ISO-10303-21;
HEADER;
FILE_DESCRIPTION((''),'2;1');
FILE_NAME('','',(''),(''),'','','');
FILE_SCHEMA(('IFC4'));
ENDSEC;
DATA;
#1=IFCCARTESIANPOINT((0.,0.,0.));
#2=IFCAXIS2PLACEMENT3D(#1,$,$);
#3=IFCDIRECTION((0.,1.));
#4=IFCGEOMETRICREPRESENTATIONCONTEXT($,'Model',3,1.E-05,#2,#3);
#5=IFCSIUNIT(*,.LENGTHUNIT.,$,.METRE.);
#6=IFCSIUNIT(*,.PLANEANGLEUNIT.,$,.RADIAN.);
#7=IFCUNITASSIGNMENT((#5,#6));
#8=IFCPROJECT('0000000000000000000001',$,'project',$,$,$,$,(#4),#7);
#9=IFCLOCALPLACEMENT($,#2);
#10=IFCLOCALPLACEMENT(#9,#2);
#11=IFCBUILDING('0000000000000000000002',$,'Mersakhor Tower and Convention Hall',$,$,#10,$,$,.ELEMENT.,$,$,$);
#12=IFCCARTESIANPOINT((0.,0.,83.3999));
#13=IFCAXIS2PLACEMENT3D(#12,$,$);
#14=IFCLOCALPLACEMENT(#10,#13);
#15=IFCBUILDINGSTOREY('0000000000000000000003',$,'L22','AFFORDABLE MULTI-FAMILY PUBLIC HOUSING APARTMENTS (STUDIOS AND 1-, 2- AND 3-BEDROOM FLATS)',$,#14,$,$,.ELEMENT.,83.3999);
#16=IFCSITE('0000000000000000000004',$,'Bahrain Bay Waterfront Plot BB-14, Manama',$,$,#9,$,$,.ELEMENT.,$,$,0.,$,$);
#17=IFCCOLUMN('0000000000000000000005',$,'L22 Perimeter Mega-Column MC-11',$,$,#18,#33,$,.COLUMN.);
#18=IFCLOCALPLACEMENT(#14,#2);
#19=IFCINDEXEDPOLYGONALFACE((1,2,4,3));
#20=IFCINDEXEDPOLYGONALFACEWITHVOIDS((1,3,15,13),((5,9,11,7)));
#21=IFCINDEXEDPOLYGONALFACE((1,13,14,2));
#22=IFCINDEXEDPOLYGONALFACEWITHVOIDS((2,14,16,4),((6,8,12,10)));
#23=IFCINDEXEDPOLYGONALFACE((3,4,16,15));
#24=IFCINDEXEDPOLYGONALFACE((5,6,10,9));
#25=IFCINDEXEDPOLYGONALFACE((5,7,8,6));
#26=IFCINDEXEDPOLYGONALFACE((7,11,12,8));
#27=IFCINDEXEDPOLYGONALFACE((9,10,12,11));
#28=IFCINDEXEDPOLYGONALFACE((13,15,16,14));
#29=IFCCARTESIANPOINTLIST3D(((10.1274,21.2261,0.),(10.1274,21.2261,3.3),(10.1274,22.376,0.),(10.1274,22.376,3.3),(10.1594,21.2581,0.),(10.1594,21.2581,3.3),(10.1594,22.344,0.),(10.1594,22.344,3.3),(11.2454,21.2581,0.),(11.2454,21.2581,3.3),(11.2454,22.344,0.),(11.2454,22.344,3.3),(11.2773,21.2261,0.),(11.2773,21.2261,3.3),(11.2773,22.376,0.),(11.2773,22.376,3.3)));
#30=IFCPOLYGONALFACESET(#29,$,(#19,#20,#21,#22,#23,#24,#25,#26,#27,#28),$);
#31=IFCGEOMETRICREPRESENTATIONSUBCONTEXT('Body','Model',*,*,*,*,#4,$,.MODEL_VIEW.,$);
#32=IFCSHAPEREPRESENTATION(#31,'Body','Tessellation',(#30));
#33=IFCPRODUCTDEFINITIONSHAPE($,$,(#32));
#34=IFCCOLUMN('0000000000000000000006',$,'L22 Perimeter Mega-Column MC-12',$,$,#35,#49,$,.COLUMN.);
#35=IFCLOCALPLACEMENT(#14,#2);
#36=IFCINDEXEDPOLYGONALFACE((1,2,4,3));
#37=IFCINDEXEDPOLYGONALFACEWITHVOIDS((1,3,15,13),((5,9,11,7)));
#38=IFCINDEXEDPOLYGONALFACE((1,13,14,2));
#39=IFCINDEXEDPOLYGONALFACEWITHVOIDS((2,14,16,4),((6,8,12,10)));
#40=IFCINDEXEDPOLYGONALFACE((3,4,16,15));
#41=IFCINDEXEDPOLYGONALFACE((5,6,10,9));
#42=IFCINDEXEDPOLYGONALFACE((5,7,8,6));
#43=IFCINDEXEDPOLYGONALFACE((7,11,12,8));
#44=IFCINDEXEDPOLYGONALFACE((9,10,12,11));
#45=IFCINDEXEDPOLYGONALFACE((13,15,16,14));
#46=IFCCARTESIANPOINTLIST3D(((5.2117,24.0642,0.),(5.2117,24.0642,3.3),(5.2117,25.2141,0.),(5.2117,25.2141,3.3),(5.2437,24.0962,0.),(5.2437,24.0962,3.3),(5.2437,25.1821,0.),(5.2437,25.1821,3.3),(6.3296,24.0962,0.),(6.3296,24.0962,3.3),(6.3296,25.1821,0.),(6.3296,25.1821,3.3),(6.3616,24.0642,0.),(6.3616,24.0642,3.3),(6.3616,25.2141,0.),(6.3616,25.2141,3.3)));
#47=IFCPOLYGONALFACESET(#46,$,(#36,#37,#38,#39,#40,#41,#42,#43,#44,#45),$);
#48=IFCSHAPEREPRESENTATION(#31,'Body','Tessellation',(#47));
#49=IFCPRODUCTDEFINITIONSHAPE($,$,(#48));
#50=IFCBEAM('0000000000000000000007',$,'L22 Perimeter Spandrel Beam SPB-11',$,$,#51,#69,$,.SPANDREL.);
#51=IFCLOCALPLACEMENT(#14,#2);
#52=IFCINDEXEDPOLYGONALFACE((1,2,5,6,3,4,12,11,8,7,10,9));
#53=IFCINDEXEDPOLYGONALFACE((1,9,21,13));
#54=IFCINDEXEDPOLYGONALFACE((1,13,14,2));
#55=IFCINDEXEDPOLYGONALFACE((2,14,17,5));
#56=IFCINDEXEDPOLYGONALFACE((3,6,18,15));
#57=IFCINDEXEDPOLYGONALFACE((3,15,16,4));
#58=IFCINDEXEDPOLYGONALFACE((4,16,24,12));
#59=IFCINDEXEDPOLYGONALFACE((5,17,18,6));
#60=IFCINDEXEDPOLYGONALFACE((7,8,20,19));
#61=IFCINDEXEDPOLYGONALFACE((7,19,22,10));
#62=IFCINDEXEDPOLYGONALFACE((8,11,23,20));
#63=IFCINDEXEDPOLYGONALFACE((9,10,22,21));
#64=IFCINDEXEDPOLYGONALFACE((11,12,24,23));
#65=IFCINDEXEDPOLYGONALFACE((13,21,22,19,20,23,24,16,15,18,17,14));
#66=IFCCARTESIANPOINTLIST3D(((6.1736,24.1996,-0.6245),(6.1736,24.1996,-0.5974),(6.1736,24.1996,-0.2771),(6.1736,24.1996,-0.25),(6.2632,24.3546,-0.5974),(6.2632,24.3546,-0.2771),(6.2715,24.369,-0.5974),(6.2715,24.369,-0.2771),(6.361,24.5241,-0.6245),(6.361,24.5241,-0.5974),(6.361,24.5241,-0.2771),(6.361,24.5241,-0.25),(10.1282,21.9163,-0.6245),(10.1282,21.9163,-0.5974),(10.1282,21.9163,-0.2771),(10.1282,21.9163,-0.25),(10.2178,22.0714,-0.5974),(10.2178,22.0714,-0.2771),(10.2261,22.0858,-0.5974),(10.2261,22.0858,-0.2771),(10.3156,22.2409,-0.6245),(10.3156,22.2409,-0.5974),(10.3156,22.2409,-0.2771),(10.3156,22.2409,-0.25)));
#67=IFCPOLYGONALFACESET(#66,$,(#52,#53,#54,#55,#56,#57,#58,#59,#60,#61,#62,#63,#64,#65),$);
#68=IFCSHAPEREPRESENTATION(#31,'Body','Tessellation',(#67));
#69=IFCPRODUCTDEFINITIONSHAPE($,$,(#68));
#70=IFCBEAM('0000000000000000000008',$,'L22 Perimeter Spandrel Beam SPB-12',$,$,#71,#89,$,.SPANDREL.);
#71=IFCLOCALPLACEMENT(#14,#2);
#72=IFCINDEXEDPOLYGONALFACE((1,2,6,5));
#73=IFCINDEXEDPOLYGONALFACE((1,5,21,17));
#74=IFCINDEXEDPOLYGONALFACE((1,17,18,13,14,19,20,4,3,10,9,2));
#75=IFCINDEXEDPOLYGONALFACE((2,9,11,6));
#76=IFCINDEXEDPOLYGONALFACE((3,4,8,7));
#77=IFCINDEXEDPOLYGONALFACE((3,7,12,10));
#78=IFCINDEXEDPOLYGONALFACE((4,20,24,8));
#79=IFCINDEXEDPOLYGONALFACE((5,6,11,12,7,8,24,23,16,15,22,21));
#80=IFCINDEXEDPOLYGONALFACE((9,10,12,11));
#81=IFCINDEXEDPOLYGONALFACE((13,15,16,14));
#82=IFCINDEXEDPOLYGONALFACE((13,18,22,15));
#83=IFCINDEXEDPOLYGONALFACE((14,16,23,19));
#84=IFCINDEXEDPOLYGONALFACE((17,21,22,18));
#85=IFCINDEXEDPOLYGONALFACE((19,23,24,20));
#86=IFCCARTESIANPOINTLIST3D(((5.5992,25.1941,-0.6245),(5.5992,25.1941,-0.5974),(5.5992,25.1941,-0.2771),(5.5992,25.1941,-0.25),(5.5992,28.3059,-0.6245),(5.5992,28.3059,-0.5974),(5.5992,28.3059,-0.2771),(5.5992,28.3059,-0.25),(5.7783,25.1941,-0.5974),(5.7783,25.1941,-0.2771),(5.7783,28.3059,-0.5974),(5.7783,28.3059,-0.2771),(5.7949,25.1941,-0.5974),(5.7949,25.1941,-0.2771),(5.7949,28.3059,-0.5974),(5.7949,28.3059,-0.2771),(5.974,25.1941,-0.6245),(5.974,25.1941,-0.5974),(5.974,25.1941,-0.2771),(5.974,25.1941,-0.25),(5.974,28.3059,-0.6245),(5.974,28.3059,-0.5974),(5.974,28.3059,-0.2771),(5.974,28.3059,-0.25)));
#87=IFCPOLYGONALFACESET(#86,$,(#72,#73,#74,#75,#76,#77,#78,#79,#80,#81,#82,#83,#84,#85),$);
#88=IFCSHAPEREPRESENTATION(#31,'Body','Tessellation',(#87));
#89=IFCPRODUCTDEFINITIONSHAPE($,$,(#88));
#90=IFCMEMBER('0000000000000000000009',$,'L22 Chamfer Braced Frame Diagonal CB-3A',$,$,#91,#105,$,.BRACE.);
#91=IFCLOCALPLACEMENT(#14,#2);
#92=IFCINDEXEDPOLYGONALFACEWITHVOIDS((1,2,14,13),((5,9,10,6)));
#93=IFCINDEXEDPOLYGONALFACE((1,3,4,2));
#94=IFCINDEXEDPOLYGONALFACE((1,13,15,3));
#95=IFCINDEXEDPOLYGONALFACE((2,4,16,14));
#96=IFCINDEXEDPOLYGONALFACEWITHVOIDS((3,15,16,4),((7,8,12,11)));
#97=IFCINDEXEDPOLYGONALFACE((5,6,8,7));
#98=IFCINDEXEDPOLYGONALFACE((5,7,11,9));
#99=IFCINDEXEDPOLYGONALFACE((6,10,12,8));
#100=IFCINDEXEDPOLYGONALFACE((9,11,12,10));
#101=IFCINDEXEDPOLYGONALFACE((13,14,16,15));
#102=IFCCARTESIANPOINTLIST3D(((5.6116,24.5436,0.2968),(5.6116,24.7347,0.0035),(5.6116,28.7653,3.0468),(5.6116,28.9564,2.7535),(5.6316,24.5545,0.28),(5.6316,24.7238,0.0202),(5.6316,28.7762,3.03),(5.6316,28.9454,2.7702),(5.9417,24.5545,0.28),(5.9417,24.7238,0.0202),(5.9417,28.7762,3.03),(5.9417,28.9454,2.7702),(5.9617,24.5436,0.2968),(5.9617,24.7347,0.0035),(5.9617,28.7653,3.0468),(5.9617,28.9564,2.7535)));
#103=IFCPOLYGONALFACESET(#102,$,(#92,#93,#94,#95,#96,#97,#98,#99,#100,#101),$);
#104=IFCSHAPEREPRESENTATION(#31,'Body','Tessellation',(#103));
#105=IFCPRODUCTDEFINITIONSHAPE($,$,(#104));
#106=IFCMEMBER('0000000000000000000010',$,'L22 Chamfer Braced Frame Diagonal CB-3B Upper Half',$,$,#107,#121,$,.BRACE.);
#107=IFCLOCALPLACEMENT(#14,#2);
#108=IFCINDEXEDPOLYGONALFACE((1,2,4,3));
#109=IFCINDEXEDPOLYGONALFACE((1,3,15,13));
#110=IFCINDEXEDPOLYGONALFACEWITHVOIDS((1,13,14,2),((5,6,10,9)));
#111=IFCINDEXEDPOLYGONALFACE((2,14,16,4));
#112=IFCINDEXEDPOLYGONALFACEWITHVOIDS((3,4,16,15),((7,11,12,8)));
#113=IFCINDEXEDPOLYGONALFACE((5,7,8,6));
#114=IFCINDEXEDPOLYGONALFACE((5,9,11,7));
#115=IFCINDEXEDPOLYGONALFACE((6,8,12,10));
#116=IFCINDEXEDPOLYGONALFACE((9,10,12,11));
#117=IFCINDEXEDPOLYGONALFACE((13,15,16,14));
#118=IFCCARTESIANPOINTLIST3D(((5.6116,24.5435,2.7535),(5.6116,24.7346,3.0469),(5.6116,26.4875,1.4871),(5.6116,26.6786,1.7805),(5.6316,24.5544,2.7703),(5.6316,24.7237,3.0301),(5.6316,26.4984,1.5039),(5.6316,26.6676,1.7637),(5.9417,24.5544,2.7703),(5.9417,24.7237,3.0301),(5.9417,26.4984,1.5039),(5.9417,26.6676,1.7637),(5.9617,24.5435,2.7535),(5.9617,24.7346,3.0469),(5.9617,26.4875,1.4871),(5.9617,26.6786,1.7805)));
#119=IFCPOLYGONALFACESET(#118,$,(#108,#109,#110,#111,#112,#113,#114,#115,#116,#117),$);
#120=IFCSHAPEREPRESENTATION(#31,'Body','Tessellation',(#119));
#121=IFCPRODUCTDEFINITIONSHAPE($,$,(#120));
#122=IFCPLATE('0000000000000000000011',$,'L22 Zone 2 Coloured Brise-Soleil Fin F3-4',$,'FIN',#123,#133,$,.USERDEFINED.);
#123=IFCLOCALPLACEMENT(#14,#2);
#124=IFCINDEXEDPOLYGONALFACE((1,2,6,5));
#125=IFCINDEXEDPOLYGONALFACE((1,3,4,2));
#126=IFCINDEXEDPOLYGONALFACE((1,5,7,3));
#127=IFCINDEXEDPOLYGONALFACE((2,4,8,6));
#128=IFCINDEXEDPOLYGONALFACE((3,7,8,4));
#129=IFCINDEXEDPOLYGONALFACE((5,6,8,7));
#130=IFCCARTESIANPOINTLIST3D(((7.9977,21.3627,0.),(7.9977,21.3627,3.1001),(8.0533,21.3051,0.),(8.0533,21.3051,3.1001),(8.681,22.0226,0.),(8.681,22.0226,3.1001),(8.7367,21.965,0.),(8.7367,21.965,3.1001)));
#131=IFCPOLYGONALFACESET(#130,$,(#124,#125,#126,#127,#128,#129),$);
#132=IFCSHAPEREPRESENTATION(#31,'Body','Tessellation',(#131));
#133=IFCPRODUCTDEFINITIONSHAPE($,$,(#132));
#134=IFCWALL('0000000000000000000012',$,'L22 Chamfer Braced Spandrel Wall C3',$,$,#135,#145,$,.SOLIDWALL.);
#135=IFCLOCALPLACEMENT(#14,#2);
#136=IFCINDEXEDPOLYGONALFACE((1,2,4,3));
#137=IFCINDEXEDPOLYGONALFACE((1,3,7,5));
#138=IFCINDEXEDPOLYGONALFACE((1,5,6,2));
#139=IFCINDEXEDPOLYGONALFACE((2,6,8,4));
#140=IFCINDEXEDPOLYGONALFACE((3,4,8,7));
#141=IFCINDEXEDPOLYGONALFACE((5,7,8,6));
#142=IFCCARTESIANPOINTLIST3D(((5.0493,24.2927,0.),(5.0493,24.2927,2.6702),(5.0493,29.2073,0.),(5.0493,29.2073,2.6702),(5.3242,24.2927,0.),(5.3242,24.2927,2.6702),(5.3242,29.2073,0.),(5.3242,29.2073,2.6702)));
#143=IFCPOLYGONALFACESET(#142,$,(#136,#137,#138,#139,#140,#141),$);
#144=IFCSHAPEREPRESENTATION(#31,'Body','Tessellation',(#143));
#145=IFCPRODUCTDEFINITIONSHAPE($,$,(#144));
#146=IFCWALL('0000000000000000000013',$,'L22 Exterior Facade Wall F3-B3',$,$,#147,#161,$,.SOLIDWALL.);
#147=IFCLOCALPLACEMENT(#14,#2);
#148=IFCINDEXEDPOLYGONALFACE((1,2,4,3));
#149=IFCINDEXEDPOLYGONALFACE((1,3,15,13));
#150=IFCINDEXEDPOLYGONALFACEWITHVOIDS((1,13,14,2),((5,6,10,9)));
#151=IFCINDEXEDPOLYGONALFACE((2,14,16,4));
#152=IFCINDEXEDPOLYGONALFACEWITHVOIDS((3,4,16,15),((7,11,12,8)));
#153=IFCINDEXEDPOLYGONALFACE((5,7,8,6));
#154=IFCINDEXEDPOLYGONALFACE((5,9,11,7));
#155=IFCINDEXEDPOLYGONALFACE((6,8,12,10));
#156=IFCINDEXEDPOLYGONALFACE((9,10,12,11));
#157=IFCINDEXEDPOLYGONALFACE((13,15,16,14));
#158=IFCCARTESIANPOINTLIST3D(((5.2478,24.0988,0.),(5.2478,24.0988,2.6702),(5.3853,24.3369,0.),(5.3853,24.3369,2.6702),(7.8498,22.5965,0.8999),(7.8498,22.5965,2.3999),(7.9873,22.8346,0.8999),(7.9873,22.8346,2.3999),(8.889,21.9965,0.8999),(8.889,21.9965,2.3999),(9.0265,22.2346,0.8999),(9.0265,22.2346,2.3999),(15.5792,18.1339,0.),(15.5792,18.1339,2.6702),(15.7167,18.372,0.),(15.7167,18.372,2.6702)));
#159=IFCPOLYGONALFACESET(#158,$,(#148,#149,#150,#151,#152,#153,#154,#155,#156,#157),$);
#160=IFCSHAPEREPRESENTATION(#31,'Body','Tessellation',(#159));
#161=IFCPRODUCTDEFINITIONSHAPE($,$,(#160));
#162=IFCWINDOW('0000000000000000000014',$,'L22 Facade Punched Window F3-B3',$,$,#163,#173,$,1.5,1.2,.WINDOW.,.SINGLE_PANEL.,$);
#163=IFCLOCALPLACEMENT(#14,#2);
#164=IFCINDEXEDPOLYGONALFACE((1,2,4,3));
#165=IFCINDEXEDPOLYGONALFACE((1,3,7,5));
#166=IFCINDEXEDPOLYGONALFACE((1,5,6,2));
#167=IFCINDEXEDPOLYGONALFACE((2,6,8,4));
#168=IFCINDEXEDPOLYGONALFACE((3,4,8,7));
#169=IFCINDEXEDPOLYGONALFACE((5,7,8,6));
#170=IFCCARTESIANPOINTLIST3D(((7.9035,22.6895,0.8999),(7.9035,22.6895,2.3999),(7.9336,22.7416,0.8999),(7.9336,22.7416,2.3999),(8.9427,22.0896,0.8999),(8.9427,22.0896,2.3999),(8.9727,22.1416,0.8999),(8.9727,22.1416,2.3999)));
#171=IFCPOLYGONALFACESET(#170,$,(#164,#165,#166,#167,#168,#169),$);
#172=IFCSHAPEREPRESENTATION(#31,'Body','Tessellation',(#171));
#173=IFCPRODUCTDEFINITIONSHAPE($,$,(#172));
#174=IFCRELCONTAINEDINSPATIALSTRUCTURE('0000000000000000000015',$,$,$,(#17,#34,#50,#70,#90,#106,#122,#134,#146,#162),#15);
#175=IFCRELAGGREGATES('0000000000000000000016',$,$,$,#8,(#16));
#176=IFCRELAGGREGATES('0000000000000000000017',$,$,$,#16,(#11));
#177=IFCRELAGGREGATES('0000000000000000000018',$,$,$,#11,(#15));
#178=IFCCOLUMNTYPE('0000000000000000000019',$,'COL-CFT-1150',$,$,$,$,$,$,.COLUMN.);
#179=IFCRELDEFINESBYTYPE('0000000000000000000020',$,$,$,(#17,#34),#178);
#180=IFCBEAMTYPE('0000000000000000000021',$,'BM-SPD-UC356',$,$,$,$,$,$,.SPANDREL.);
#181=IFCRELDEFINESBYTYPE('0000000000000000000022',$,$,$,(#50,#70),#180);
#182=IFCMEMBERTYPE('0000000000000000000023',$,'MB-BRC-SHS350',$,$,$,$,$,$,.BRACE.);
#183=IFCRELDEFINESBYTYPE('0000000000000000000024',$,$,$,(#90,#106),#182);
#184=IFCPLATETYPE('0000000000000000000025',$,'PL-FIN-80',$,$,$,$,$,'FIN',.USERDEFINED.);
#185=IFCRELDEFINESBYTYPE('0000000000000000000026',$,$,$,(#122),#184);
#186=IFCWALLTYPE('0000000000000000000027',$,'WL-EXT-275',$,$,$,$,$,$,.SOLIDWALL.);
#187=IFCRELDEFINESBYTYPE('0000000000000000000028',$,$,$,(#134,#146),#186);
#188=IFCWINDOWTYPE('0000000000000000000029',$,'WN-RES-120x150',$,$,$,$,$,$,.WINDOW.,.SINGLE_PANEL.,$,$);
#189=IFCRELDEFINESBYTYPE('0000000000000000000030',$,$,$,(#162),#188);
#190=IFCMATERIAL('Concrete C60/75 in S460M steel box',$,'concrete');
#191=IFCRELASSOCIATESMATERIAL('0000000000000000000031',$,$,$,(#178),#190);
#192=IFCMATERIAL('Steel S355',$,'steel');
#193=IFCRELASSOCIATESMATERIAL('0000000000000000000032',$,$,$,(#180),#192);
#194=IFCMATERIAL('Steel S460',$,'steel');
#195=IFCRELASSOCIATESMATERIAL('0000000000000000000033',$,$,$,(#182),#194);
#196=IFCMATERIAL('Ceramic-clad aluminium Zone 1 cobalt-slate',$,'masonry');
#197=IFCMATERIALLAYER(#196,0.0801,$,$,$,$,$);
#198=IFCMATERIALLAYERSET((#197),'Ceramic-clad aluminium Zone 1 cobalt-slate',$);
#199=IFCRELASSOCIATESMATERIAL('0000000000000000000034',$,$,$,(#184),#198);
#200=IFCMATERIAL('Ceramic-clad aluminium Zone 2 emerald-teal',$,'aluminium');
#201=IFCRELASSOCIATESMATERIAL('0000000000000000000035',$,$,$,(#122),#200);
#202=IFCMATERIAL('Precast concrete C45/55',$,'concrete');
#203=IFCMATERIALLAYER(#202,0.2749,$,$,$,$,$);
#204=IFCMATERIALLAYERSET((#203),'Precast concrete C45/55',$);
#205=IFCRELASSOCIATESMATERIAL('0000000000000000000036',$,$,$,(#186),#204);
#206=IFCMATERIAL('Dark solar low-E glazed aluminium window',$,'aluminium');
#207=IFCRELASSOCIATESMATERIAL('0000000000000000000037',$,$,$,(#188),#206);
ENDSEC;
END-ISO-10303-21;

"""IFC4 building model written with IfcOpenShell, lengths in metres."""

from ifc_helpers import new_model, si_unit, direction, frame, frame_2d, origin, origin_2d, place, context, subcontext, project, spatial, rectangle, hollow_rectangle, i_section, extrude, material, layer, layer_set, material_profile, profile_set, type_object, element, fill, save


model = new_model("IFC4")

# Units and contexts
model_context = context("Model", 3, precision=1e-05, world=origin(), true_north=direction((0.0, 1.0)))
body_context = subcontext(model_context, "Body", "Model", "MODEL_VIEW")
ifc_project = project(units=[si_unit("LENGTHUNIT", "METRE"), si_unit("PLANEANGLEUNIT", "RADIAN")], contexts=[model_context])

# Site, building, storey
site_placement = place(None, origin())
site = spatial("IfcSite", under=ifc_project, at=site_placement, Name="Bahrain Bay Waterfront Plot BB-14, Manama", CompositionType="ELEMENT", RefElevation=0.0)
building_placement = place(site_placement, origin())
building = spatial("IfcBuilding", under=site, at=building_placement, Name="Mersakhor Tower and Convention Hall", CompositionType="ELEMENT")
storey_placement = place(building_placement, frame((0.0, 0.0, 83.3999)))
storey = spatial("IfcBuildingStorey", under=building, at=storey_placement, Name="L22", Description="AFFORDABLE MULTI-FAMILY PUBLIC HOUSING APARTMENTS (STUDIOS AND 1-, 2- AND 3-BEDROOM FLATS)", CompositionType="ELEMENT", Elevation=83.3999)

# Columns
ifc_material_1 = material(Name="Concrete C60/75 in S460M steel box", Category="concrete")
ifc_material_profile_1 = material_profile(ifc_material_1, hollow_rectangle(XDim=1.1499, YDim=1.1499, WallThickness=0.032, at=origin_2d()), Name="SHS 1150x1150x32")
ifc_profile_set_1 = profile_set([ifc_material_profile_1], Name="Concrete C60/75 in S460M steel box")
column_type = type_object("IfcColumnType", Name="COL-CFT-1150", PredefinedType="COLUMN", material=ifc_profile_set_1)
for number, where, z_axis, x_axis, name in (
    (1, (10.7024, 21.801, 0.0), (0.0, 0.0, 1.0), (1.0, 0.0, 0.0), "L22 Perimeter Mega-Column MC-11"),
    (2, (5.7866, 24.6392, 0.0), (0.0, 0.0, 1.0), (1.0, 0.0, 0.0), "L22 Perimeter Mega-Column MC-12"),
):
    element("IfcColumn", number, at=place(storey_placement, frame(where, z_axis=z_axis, x_axis=x_axis)), inside=storey, type_object=column_type, Name=name, PredefinedType="COLUMN", context=body_context, shape_type="SweptSolid", body=[
        extrude(hollow_rectangle(XDim=1.1499, YDim=1.1499, WallThickness=0.032, at=origin_2d()), origin(), (0.0, 0.0, 1.0), 3.3),
    ])

# Beams
ifc_material_2 = material(Name="Steel S355", Category="steel")
ifc_material_profile_2 = material_profile(ifc_material_2, i_section(OverallWidth=0.3748, OverallDepth=0.3745, WebThickness=0.0166, FlangeThickness=0.0271, at=origin_2d()), Name="UC 356x368x202")
ifc_profile_set_2 = profile_set([ifc_material_profile_2], Name="Steel S355")
beam_type = type_object("IfcBeamType", Name="BM-SPD-UC356", PredefinedType="SPANDREL", material=ifc_profile_set_2)
beam_1_placement = place(storey_placement, frame((10.2219, 22.0786, -0.4373), z_axis=(-0.866024, 0.500003, 0.0), x_axis=(-0.500003, -0.866024, 0.0)))
element("IfcBeam", 3, at=beam_1_placement, inside=storey, type_object=beam_type, Name="L22 Perimeter Spandrel Beam SPB-11", PredefinedType="SPANDREL", context=body_context, shape_type="SweptSolid", body=[
    extrude(i_section(OverallWidth=0.3748, OverallDepth=0.3745, WebThickness=0.0166, FlangeThickness=0.0271, at=origin_2d()), origin(), (0.0, 0.0, 1.0), 4.5664),
])
beam_2_placement = place(storey_placement, frame((5.7866, 25.1941, -0.4373), z_axis=(0.0, 1.0, 0.0), x_axis=(-1.0, 0.0, 0.0)))
element("IfcBeam", 4, at=beam_2_placement, inside=storey, type_object=beam_type, Name="L22 Perimeter Spandrel Beam SPB-12", PredefinedType="SPANDREL", context=body_context, shape_type="SweptSolid", body=[
    extrude(i_section(OverallWidth=0.3748, OverallDepth=0.3745, WebThickness=0.0166, FlangeThickness=0.0271, at=origin_2d()), origin(), (0.0, 0.0, 1.0), 3.1118),
])

# Members
ifc_material_3 = material(Name="Steel S460", Category="steel")
ifc_material_profile_3 = material_profile(ifc_material_3, hollow_rectangle(XDim=0.3501, YDim=0.3501, WallThickness=0.02, at=origin_2d()), Name="SHS 350x350x20")
ifc_profile_set_3 = profile_set([ifc_material_profile_3], Name="Steel S460")
member_type = type_object("IfcMemberType", Name="MB-BRC-SHS350", PredefinedType="BRACE", material=ifc_profile_set_3)
member_1_placement = place(storey_placement, frame((5.7866, 24.6392, 0.1501), z_axis=(0.0, 0.837907, 0.545812), x_axis=(-1.0, 0.0, 0.0)))
element("IfcMember", 5, at=member_1_placement, inside=storey, type_object=member_type, Name="L22 Chamfer Braced Frame Diagonal CB-3A", PredefinedType="BRACE", context=body_context, shape_type="SweptSolid", body=[
    extrude(hollow_rectangle(XDim=0.3501, YDim=0.3501, WallThickness=0.02, at=origin_2d()), origin(), (0.0, 0.0, 1.0), 5.0383),
])
member_2_placement = place(storey_placement, frame((5.7866, 26.583, 1.6338), z_axis=(0.0, -0.837881, 0.545854), x_axis=(1.0, 0.0, 0.0)))
element("IfcMember", 6, at=member_2_placement, inside=storey, type_object=member_type, Name="L22 Chamfer Braced Frame Diagonal CB-3B Upper Half", PredefinedType="BRACE", context=body_context, shape_type="SweptSolid", body=[
    extrude(hollow_rectangle(XDim=0.3501, YDim=0.3501, WallThickness=0.02, at=origin_2d()), origin(), (0.0, 0.0, 1.0), 2.3201),
])

# Plate
ifc_material_4 = material(Name="Ceramic-clad aluminium Zone 2 emerald-teal", Category="aluminium")
ifc_material_5 = material(Name="Ceramic-clad aluminium Zone 1 cobalt-slate", Category="masonry")
ifc_layer_1 = layer(ifc_material_5, 0.0801)
ifc_layer_set_1 = layer_set([ifc_layer_1], Name="Ceramic-clad aluminium Zone 1 cobalt-slate")
plate_type = type_object("IfcPlateType", Name="PL-FIN-80", ElementType="FIN", PredefinedType="USERDEFINED", material=ifc_layer_set_1)
plate_placement = place(storey_placement, frame((8.3672, 21.6638, 0.0), z_axis=(0.0, 0.0, 1.0), x_axis=(-0.71934, -0.694658, 0.0)))
element("IfcPlate", 7, at=plate_placement, inside=storey, type_object=plate_type, material=ifc_material_4, Name="L22 Zone 2 Coloured Brise-Soleil Fin F3-4", ObjectType="FIN", PredefinedType="USERDEFINED", context=body_context, shape_type="SweptSolid", body=[
    extrude(rectangle(XDim=0.95, YDim=0.0801, at=origin_2d()), origin(), (0.0, 0.0, 1.0), 3.1001),
])

# Wall
ifc_material_6 = material(Name="Precast concrete C45/55", Category="concrete")
ifc_layer_2 = layer(ifc_material_6, 0.2749)
ifc_layer_set_2 = layer_set([ifc_layer_2], Name="Precast concrete C45/55")
wall_type_1 = type_object("IfcWallType", Name="WL-EXT-275", PredefinedType="SOLIDWALL", material=ifc_layer_set_2)
wall_1_placement = place(storey_placement, frame((5.1868, 24.2927, 0.0), z_axis=(0.0, 0.0, 1.0), x_axis=(0.0, 1.0, 0.0)))
element("IfcWall", 8, at=wall_1_placement, inside=storey, type_object=wall_type_1, Name="L22 Chamfer Braced Spandrel Wall C3", PredefinedType="SOLIDWALL", context=body_context, shape_type="SweptSolid", body=[
    extrude(rectangle(XDim=4.9146, YDim=0.2749, at=frame_2d((2.4573, 0.0))), origin(), (0.0, 0.0, 1.0), 2.6702),
])

# Wall, opening, window
wall_2_placement = place(storey_placement, frame((15.6479, 18.2529, 0.0), z_axis=(0.0, 0.0, 1.0), x_axis=(-0.866023, 0.500004, 0.0)))
wall_2 = element("IfcWall", 9, at=wall_2_placement, inside=storey, type_object=wall_type_1, Name="L22 Exterior Facade Wall F3-B3", PredefinedType="SOLIDWALL", context=body_context, shape_type="SweptSolid", body=[
    extrude(rectangle(XDim=11.9297, YDim=0.2749, at=frame_2d((5.9648, 0.0))), origin(), (0.0, 0.0, 1.0), 2.6702),
])
opening_1_placement = place(wall_2_placement, frame((7.7251, 0.0, 0.8999)))
opening_1 = element("IfcOpeningElement", 10, at=opening_1_placement, cuts=wall_2, PredefinedType="OPENING", context=body_context, shape_type="SweptSolid", body=[
    extrude(rectangle(XDim=1.2, YDim=1.5, at=frame_2d((0.6001, 0.75))), frame((0.0, 0.1475, 0.0), z_axis=(0.0, -1.0, 0.0), x_axis=(1.0, 0.0, 0.0)), (0.0, 0.0, 1.0), 0.2949),
])
ifc_material_7 = material(Name="Dark solar low-E glazed aluminium window", Category="aluminium")
window_type = type_object("IfcWindowType", Name="WN-RES-120x150", PartitioningType="SINGLE_PANEL", PredefinedType="WINDOW", material=ifc_material_7)
window_placement = place(opening_1_placement, origin())
window = element("IfcWindow", 11, at=window_placement, inside=storey, type_object=window_type, Name="L22 Facade Punched Window F3-B3", OverallHeight=1.5, OverallWidth=1.2, PartitioningType="SINGLE_PANEL", PredefinedType="WINDOW", context=body_context, shape_type="SweptSolid", body=[
    extrude(rectangle(XDim=1.2, YDim=1.5, at=frame_2d((0.6001, 0.75))), frame((0.0, 0.03, 0.0), z_axis=(0.0, -1.0, 0.0), x_axis=(1.0, 0.0, 0.0)), (0.0, 0.0, 1.0), 0.0601),
])
fill(opening_1, window)

save(model, "model.ifc")
